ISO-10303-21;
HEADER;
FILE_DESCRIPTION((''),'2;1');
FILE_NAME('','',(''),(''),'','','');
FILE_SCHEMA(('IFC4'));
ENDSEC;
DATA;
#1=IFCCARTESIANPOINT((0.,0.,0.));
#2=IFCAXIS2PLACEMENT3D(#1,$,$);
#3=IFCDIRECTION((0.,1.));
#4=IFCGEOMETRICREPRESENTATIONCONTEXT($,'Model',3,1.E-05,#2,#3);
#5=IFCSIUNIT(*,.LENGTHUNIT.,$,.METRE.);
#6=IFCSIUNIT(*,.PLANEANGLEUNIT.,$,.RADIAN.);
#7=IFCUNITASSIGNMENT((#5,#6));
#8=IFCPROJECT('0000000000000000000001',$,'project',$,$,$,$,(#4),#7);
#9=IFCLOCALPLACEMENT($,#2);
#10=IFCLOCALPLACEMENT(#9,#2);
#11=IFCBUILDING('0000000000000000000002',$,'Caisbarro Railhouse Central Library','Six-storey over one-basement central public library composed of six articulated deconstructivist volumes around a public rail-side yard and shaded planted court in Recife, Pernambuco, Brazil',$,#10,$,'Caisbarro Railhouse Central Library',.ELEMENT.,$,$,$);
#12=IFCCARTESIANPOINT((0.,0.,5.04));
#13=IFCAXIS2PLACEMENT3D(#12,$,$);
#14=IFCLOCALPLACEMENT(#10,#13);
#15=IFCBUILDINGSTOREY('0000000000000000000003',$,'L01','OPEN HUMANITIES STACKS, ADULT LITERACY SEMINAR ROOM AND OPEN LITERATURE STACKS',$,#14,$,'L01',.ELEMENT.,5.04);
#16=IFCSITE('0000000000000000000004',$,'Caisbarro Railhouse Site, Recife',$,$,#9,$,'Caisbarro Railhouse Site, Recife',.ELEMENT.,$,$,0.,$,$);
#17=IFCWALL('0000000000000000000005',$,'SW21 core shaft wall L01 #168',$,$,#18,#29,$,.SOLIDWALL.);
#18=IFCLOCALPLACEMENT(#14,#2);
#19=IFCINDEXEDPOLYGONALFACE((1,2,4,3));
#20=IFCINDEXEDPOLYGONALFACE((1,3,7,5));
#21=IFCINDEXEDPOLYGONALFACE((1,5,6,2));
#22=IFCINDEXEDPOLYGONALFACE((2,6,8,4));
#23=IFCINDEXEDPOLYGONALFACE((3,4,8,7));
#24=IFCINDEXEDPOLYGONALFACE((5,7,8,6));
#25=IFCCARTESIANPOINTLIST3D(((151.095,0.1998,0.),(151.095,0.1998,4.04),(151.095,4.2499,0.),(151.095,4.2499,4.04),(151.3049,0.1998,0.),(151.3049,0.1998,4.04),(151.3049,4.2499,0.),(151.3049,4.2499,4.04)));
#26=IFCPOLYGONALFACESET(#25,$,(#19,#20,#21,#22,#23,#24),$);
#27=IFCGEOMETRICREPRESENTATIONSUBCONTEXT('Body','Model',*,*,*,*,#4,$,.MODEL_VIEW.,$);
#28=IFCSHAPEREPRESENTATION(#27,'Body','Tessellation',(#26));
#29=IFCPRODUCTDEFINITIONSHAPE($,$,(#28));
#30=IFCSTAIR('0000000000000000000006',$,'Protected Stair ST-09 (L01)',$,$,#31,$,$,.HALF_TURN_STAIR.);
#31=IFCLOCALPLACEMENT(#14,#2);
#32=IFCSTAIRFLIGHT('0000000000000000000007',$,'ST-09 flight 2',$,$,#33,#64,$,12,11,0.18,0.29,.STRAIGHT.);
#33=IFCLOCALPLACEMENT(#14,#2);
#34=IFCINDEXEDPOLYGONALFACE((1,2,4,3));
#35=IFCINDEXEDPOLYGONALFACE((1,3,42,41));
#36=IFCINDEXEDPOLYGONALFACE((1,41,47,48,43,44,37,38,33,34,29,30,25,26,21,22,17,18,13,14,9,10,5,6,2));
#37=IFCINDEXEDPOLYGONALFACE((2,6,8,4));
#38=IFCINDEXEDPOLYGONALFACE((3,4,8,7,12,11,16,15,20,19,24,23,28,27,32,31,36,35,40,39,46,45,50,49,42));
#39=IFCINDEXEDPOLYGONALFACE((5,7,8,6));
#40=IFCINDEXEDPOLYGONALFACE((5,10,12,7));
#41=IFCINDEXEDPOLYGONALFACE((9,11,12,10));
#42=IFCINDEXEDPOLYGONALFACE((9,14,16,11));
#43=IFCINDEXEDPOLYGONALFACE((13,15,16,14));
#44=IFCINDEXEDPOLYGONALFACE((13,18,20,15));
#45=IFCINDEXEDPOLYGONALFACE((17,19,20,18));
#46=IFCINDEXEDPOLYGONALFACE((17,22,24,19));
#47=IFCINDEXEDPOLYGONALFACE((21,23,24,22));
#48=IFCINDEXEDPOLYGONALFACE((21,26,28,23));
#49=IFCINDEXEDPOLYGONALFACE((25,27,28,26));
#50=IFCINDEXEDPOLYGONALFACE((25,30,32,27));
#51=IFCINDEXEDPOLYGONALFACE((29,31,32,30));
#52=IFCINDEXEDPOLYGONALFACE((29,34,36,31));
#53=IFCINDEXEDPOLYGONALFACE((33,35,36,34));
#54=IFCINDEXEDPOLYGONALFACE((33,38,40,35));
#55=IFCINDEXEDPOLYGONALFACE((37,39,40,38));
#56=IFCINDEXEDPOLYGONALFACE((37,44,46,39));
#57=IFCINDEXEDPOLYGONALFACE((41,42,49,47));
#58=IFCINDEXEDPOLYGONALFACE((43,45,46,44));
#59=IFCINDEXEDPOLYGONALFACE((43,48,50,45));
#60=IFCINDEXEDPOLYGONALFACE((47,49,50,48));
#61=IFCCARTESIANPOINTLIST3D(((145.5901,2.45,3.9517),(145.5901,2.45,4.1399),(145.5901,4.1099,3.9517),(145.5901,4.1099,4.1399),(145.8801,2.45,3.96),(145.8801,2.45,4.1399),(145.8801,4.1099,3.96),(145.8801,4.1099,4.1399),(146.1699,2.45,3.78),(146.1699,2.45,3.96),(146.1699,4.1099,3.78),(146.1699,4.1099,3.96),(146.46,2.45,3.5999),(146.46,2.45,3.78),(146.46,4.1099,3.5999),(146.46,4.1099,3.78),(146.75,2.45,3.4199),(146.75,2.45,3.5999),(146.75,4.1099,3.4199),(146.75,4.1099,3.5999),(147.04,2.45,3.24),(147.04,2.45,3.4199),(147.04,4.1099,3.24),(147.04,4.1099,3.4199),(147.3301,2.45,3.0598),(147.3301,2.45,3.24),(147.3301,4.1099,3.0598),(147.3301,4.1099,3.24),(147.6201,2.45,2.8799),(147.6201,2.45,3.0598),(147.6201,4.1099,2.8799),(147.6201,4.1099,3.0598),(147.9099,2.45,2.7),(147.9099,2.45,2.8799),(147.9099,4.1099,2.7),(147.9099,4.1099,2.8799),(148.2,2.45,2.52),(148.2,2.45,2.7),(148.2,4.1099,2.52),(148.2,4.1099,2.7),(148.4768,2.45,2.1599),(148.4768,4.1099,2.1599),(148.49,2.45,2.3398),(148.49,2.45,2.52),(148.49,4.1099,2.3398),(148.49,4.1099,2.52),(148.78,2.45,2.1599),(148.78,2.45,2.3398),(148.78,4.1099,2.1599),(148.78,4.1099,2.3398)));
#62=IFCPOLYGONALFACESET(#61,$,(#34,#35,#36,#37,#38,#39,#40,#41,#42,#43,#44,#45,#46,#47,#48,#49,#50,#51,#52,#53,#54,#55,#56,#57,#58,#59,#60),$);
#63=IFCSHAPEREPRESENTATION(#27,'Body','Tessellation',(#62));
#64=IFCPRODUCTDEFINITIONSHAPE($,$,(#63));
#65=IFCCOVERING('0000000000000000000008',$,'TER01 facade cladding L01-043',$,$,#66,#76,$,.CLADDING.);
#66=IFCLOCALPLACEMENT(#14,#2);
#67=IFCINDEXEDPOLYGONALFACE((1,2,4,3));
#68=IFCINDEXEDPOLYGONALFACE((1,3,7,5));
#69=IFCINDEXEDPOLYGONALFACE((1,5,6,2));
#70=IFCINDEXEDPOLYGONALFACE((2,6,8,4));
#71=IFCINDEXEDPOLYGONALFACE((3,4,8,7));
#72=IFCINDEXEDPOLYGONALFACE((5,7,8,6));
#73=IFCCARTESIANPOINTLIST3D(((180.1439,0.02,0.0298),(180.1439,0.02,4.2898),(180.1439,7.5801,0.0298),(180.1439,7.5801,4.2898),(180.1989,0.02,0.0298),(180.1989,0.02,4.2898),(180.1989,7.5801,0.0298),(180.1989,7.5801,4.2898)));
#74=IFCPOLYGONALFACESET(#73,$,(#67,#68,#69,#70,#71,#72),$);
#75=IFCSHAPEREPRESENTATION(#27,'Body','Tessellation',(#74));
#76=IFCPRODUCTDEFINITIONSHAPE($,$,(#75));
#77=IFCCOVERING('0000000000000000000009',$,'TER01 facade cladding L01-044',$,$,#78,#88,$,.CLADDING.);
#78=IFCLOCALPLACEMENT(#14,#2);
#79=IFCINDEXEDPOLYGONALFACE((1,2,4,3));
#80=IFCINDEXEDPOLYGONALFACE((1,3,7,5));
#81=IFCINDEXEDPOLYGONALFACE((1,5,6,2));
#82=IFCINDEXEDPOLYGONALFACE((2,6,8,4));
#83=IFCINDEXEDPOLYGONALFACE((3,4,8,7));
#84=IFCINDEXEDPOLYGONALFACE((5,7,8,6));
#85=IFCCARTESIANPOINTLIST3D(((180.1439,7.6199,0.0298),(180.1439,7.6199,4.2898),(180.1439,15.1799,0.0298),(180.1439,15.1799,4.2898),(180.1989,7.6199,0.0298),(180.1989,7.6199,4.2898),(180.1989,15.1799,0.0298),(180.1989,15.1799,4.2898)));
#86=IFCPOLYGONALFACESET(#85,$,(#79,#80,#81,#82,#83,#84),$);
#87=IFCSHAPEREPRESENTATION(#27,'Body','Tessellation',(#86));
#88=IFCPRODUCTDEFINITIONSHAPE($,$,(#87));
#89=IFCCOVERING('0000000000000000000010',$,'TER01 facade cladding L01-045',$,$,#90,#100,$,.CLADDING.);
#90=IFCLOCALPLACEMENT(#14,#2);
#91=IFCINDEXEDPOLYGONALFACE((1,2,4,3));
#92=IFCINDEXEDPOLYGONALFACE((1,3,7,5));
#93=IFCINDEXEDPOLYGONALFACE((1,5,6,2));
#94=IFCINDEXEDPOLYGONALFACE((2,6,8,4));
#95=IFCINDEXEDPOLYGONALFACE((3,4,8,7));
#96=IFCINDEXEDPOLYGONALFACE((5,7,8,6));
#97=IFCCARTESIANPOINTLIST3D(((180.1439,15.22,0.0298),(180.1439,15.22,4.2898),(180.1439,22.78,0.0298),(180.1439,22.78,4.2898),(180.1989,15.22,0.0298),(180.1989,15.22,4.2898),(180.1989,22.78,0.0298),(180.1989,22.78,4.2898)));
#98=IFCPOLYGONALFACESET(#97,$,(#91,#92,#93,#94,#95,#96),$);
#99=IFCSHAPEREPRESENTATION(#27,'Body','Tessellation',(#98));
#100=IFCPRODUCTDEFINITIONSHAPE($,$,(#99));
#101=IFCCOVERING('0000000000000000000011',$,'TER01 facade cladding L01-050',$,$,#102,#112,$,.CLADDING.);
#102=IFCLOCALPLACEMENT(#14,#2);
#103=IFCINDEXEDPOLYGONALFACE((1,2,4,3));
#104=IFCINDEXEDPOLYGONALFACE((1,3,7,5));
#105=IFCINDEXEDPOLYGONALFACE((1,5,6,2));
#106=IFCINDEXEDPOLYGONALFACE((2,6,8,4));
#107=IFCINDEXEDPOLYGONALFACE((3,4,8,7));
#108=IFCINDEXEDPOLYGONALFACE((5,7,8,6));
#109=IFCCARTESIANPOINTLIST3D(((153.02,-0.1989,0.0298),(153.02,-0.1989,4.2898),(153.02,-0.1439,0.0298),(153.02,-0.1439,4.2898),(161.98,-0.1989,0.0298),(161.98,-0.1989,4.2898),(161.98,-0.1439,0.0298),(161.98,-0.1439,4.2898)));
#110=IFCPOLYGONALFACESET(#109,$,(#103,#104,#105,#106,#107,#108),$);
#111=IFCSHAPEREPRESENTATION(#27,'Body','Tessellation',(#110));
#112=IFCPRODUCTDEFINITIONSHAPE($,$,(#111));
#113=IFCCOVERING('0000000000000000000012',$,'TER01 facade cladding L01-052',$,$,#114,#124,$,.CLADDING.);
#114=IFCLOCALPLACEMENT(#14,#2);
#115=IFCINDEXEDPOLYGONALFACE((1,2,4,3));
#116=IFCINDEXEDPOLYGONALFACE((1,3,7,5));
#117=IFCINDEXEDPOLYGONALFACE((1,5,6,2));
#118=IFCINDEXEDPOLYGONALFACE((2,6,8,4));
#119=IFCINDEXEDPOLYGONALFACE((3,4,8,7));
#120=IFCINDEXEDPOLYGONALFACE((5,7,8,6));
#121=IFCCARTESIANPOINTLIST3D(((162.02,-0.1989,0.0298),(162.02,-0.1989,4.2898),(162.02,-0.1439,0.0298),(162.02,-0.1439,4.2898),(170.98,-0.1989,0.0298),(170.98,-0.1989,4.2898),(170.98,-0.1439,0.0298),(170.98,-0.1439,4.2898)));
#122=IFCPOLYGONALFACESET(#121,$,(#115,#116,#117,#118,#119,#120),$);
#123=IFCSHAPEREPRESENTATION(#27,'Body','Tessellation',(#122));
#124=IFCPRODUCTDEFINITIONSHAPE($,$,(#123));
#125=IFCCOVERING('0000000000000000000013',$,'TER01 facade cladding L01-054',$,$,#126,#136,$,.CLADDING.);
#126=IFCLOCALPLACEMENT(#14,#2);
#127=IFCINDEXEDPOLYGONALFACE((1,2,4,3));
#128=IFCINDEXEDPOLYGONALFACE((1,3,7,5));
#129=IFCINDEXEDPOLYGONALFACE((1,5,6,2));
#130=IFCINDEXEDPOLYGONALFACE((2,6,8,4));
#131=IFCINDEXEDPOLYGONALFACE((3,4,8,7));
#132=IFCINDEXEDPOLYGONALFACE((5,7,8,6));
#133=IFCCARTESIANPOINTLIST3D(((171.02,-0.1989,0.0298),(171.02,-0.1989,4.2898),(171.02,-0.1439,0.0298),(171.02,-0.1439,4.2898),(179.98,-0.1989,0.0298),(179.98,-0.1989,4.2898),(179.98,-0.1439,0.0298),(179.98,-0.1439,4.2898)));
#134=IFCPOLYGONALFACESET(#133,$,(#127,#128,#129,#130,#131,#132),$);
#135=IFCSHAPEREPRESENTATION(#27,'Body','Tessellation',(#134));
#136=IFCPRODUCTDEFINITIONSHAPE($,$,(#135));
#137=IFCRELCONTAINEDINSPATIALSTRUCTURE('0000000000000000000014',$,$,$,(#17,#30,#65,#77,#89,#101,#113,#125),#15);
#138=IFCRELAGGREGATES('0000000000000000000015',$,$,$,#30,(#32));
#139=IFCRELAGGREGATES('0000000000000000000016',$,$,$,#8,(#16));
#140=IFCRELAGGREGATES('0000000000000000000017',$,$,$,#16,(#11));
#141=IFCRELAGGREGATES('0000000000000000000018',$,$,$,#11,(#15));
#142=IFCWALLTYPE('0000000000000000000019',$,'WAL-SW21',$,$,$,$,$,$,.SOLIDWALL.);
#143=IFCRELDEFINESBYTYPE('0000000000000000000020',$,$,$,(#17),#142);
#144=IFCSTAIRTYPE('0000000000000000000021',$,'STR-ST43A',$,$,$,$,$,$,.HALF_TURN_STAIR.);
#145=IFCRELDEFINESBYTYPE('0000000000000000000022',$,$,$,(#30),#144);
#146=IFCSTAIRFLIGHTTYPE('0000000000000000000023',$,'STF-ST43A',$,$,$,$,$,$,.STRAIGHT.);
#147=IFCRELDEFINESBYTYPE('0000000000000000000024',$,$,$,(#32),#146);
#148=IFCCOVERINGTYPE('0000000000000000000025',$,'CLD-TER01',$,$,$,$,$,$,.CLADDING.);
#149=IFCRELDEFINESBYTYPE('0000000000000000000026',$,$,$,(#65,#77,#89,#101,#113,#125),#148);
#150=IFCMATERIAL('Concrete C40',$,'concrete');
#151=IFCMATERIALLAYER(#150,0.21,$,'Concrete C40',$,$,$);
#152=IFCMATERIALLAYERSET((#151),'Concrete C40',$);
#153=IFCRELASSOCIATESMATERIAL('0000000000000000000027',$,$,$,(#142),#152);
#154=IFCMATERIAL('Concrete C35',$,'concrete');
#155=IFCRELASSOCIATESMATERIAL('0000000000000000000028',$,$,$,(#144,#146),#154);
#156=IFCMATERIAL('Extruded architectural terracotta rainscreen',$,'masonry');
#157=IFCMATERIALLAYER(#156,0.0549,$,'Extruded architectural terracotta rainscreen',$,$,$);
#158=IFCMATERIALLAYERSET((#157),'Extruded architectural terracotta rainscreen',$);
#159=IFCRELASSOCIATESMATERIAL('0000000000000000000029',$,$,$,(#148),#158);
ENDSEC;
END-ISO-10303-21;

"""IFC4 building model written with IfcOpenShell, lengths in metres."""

from ifc_helpers import new_model, si_unit, direction, frame, frame_2d, origin, origin_2d, place, context, subcontext, project, spatial, polyline, rectangle, outline, extrude, material, layer, layer_set, type_object, element, aggregate, save


model = new_model("IFC4")

# Units and contexts
model_context = context("Model", 3, precision=1e-05, world=origin(), true_north=direction((0.0, 1.0)))
body_context = subcontext(model_context, "Body", "Model", "MODEL_VIEW")
ifc_project = project(units=[si_unit("LENGTHUNIT", "METRE"), si_unit("PLANEANGLEUNIT", "RADIAN")], contexts=[model_context])

# Site, building, storey
site_placement = place(None, origin())
site = spatial("IfcSite", under=ifc_project, at=site_placement, Name="Caisbarro Railhouse Site, Recife", LongName="Caisbarro Railhouse Site, Recife", CompositionType="ELEMENT", RefElevation=0.0)
building_placement = place(site_placement, origin())
building = spatial("IfcBuilding", under=site, at=building_placement, Name="Caisbarro Railhouse Central Library", Description="Six-storey over one-basement central public library composed of six articulated deconstructivist volumes around a public rail-side yard and shaded planted court in Recife, Pernambuco, Brazil", LongName="Caisbarro Railhouse Central Library", CompositionType="ELEMENT")
storey_placement = place(building_placement, frame((0.0, 0.0, 5.04)))
storey = spatial("IfcBuildingStorey", under=building, at=storey_placement, Name="L01", Description="OPEN HUMANITIES STACKS, ADULT LITERACY SEMINAR ROOM AND OPEN LITERATURE STACKS", LongName="L01", CompositionType="ELEMENT", Elevation=5.04)

# Wall
ifc_material_1 = material(Name="Concrete C40", Category="concrete")
ifc_layer_1 = layer(ifc_material_1, 0.21, Name="Concrete C40")
ifc_layer_set_1 = layer_set([ifc_layer_1], Name="Concrete C40")
wall_type_1 = type_object("IfcWallType", Name="WAL-SW21", PredefinedType="SOLIDWALL", material=ifc_layer_set_1)
wall_1_placement = place(storey_placement, frame((151.2, 0.2, 0.0), z_axis=(0.0, 0.0, 1.0), x_axis=(0.0, 1.0, 0.0)))
element("IfcWall", 1, at=wall_1_placement, inside=storey, type_object=wall_type_1, Name="SW21 core shaft wall L01 #168", PredefinedType="SOLIDWALL", context=body_context, shape_type="SweptSolid", body=[
    extrude(rectangle(XDim=4.05, YDim=0.21, at=frame_2d((2.0249, 0.0))), origin(), (0.0, 0.0, 1.0), 4.04),
])

# Stair, stair flight
ifc_material_2 = material(Name="Concrete C35", Category="concrete")
stair_type = type_object("IfcStairType", Name="STR-ST43A", PredefinedType="HALF_TURN_STAIR", material=ifc_material_2)
stair_placement = place(storey_placement, origin())
stair = element("IfcStair", 2, at=stair_placement, inside=storey, type_object=stair_type, Name="Protected Stair ST-09 (L01)", PredefinedType="HALF_TURN_STAIR")
stair_flight_type = type_object("IfcStairFlightType", Name="STF-ST43A", PredefinedType="STRAIGHT", material=ifc_material_2)
stair_flight_placement = place(storey_placement, frame((148.78, 3.28, 2.1599), z_axis=(0.0, 0.0, 1.0), x_axis=(-1.0, 0.0, 0.0)))
stair_flight = element("IfcStairFlight", 3, at=stair_flight_placement, type_object=stair_flight_type, Name="ST-09 flight 2", NumberOfRisers=12, NumberOfTreads=11, PredefinedType="STRAIGHT", RiserHeight=0.18, TreadLength=0.29, context=body_context, shape_type="SweptSolid", body=[
    extrude(outline(polyline([(0.0, 0.0), (0.0, 0.1799), (0.29, 0.1799), (0.29, 0.3601), (0.5801, 0.3601), (0.5801, 0.54), (0.8701, 0.54), (0.8701, 0.72), (1.1599, 0.72), (1.1599, 0.8999), (1.45, 0.8999), (1.45, 1.0801), (1.74, 1.0801), (1.74, 1.26), (2.03, 1.26), (2.03, 1.4399), (2.3201, 1.4399), (2.3201, 1.6201), (2.6101, 1.6201), (2.6101, 1.8), (2.8999, 1.8), (2.8999, 1.98), (3.1899, 1.98), (3.1899, 2.1599), (3.1899, 1.7917), (0.3032, 0.0), (0.0, 0.0)])), frame((0.0, 0.8301, 0.0), z_axis=(0.0, -1.0, 0.0), x_axis=(1.0, 0.0, 0.0)), (0.0, 0.0, 1.0), 1.6599),
])
aggregate(stair, [stair_flight])

# Coverings
ifc_material_3 = material(Name="Extruded architectural terracotta rainscreen", Category="masonry")
ifc_layer_2 = layer(ifc_material_3, 0.0549, Name="Extruded architectural terracotta rainscreen")
ifc_layer_set_2 = layer_set([ifc_layer_2], Name="Extruded architectural terracotta rainscreen")
covering_type = type_object("IfcCoveringType", Name="CLD-TER01", PredefinedType="CLADDING", material=ifc_layer_set_2)
for number, where, z_axis, x_axis, name in (
    (4, (180.1714, 3.8, 0.0298), (0.0, 0.0, 1.0), (0.0, 1.0, 0.0), "TER01 facade cladding L01-043"),
    (5, (180.1714, 11.3999, 0.0298), (0.0, 0.0, 1.0), (0.0, 1.0, 0.0), "TER01 facade cladding L01-044"),
    (6, (180.1714, 19.0, 0.0298), (0.0, 0.0, 1.0), (0.0, 1.0, 0.0), "TER01 facade cladding L01-045"),
):
    element("IfcCovering", number, at=place(storey_placement, frame(where, z_axis=z_axis, x_axis=x_axis)), inside=storey, type_object=covering_type, Name=name, PredefinedType="CLADDING", context=body_context, shape_type="SweptSolid", body=[
        extrude(rectangle(XDim=7.5601, YDim=0.0549, at=origin_2d()), origin(), (0.0, 0.0, 1.0), 4.26),
    ])
for number, where, z_axis, x_axis, name in (
    (7, (157.5, -0.1714, 0.0298), (0.0, 0.0, 1.0), (1.0, 0.0, 0.0), "TER01 facade cladding L01-050"),
    (8, (166.5, -0.1714, 0.0298), (0.0, 0.0, 1.0), (1.0, 0.0, 0.0), "TER01 facade cladding L01-052"),
    (9, (175.5, -0.1714, 0.0298), (0.0, 0.0, 1.0), (1.0, 0.0, 0.0), "TER01 facade cladding L01-054"),
):
    element("IfcCovering", number, at=place(storey_placement, frame(where, z_axis=z_axis, x_axis=x_axis)), inside=storey, type_object=covering_type, Name=name, PredefinedType="CLADDING", context=body_context, shape_type="SweptSolid", body=[
        extrude(rectangle(XDim=8.96, YDim=0.0549, at=origin_2d()), origin(), (0.0, 0.0, 1.0), 4.26),
    ])

save(model, "model.ifc")
